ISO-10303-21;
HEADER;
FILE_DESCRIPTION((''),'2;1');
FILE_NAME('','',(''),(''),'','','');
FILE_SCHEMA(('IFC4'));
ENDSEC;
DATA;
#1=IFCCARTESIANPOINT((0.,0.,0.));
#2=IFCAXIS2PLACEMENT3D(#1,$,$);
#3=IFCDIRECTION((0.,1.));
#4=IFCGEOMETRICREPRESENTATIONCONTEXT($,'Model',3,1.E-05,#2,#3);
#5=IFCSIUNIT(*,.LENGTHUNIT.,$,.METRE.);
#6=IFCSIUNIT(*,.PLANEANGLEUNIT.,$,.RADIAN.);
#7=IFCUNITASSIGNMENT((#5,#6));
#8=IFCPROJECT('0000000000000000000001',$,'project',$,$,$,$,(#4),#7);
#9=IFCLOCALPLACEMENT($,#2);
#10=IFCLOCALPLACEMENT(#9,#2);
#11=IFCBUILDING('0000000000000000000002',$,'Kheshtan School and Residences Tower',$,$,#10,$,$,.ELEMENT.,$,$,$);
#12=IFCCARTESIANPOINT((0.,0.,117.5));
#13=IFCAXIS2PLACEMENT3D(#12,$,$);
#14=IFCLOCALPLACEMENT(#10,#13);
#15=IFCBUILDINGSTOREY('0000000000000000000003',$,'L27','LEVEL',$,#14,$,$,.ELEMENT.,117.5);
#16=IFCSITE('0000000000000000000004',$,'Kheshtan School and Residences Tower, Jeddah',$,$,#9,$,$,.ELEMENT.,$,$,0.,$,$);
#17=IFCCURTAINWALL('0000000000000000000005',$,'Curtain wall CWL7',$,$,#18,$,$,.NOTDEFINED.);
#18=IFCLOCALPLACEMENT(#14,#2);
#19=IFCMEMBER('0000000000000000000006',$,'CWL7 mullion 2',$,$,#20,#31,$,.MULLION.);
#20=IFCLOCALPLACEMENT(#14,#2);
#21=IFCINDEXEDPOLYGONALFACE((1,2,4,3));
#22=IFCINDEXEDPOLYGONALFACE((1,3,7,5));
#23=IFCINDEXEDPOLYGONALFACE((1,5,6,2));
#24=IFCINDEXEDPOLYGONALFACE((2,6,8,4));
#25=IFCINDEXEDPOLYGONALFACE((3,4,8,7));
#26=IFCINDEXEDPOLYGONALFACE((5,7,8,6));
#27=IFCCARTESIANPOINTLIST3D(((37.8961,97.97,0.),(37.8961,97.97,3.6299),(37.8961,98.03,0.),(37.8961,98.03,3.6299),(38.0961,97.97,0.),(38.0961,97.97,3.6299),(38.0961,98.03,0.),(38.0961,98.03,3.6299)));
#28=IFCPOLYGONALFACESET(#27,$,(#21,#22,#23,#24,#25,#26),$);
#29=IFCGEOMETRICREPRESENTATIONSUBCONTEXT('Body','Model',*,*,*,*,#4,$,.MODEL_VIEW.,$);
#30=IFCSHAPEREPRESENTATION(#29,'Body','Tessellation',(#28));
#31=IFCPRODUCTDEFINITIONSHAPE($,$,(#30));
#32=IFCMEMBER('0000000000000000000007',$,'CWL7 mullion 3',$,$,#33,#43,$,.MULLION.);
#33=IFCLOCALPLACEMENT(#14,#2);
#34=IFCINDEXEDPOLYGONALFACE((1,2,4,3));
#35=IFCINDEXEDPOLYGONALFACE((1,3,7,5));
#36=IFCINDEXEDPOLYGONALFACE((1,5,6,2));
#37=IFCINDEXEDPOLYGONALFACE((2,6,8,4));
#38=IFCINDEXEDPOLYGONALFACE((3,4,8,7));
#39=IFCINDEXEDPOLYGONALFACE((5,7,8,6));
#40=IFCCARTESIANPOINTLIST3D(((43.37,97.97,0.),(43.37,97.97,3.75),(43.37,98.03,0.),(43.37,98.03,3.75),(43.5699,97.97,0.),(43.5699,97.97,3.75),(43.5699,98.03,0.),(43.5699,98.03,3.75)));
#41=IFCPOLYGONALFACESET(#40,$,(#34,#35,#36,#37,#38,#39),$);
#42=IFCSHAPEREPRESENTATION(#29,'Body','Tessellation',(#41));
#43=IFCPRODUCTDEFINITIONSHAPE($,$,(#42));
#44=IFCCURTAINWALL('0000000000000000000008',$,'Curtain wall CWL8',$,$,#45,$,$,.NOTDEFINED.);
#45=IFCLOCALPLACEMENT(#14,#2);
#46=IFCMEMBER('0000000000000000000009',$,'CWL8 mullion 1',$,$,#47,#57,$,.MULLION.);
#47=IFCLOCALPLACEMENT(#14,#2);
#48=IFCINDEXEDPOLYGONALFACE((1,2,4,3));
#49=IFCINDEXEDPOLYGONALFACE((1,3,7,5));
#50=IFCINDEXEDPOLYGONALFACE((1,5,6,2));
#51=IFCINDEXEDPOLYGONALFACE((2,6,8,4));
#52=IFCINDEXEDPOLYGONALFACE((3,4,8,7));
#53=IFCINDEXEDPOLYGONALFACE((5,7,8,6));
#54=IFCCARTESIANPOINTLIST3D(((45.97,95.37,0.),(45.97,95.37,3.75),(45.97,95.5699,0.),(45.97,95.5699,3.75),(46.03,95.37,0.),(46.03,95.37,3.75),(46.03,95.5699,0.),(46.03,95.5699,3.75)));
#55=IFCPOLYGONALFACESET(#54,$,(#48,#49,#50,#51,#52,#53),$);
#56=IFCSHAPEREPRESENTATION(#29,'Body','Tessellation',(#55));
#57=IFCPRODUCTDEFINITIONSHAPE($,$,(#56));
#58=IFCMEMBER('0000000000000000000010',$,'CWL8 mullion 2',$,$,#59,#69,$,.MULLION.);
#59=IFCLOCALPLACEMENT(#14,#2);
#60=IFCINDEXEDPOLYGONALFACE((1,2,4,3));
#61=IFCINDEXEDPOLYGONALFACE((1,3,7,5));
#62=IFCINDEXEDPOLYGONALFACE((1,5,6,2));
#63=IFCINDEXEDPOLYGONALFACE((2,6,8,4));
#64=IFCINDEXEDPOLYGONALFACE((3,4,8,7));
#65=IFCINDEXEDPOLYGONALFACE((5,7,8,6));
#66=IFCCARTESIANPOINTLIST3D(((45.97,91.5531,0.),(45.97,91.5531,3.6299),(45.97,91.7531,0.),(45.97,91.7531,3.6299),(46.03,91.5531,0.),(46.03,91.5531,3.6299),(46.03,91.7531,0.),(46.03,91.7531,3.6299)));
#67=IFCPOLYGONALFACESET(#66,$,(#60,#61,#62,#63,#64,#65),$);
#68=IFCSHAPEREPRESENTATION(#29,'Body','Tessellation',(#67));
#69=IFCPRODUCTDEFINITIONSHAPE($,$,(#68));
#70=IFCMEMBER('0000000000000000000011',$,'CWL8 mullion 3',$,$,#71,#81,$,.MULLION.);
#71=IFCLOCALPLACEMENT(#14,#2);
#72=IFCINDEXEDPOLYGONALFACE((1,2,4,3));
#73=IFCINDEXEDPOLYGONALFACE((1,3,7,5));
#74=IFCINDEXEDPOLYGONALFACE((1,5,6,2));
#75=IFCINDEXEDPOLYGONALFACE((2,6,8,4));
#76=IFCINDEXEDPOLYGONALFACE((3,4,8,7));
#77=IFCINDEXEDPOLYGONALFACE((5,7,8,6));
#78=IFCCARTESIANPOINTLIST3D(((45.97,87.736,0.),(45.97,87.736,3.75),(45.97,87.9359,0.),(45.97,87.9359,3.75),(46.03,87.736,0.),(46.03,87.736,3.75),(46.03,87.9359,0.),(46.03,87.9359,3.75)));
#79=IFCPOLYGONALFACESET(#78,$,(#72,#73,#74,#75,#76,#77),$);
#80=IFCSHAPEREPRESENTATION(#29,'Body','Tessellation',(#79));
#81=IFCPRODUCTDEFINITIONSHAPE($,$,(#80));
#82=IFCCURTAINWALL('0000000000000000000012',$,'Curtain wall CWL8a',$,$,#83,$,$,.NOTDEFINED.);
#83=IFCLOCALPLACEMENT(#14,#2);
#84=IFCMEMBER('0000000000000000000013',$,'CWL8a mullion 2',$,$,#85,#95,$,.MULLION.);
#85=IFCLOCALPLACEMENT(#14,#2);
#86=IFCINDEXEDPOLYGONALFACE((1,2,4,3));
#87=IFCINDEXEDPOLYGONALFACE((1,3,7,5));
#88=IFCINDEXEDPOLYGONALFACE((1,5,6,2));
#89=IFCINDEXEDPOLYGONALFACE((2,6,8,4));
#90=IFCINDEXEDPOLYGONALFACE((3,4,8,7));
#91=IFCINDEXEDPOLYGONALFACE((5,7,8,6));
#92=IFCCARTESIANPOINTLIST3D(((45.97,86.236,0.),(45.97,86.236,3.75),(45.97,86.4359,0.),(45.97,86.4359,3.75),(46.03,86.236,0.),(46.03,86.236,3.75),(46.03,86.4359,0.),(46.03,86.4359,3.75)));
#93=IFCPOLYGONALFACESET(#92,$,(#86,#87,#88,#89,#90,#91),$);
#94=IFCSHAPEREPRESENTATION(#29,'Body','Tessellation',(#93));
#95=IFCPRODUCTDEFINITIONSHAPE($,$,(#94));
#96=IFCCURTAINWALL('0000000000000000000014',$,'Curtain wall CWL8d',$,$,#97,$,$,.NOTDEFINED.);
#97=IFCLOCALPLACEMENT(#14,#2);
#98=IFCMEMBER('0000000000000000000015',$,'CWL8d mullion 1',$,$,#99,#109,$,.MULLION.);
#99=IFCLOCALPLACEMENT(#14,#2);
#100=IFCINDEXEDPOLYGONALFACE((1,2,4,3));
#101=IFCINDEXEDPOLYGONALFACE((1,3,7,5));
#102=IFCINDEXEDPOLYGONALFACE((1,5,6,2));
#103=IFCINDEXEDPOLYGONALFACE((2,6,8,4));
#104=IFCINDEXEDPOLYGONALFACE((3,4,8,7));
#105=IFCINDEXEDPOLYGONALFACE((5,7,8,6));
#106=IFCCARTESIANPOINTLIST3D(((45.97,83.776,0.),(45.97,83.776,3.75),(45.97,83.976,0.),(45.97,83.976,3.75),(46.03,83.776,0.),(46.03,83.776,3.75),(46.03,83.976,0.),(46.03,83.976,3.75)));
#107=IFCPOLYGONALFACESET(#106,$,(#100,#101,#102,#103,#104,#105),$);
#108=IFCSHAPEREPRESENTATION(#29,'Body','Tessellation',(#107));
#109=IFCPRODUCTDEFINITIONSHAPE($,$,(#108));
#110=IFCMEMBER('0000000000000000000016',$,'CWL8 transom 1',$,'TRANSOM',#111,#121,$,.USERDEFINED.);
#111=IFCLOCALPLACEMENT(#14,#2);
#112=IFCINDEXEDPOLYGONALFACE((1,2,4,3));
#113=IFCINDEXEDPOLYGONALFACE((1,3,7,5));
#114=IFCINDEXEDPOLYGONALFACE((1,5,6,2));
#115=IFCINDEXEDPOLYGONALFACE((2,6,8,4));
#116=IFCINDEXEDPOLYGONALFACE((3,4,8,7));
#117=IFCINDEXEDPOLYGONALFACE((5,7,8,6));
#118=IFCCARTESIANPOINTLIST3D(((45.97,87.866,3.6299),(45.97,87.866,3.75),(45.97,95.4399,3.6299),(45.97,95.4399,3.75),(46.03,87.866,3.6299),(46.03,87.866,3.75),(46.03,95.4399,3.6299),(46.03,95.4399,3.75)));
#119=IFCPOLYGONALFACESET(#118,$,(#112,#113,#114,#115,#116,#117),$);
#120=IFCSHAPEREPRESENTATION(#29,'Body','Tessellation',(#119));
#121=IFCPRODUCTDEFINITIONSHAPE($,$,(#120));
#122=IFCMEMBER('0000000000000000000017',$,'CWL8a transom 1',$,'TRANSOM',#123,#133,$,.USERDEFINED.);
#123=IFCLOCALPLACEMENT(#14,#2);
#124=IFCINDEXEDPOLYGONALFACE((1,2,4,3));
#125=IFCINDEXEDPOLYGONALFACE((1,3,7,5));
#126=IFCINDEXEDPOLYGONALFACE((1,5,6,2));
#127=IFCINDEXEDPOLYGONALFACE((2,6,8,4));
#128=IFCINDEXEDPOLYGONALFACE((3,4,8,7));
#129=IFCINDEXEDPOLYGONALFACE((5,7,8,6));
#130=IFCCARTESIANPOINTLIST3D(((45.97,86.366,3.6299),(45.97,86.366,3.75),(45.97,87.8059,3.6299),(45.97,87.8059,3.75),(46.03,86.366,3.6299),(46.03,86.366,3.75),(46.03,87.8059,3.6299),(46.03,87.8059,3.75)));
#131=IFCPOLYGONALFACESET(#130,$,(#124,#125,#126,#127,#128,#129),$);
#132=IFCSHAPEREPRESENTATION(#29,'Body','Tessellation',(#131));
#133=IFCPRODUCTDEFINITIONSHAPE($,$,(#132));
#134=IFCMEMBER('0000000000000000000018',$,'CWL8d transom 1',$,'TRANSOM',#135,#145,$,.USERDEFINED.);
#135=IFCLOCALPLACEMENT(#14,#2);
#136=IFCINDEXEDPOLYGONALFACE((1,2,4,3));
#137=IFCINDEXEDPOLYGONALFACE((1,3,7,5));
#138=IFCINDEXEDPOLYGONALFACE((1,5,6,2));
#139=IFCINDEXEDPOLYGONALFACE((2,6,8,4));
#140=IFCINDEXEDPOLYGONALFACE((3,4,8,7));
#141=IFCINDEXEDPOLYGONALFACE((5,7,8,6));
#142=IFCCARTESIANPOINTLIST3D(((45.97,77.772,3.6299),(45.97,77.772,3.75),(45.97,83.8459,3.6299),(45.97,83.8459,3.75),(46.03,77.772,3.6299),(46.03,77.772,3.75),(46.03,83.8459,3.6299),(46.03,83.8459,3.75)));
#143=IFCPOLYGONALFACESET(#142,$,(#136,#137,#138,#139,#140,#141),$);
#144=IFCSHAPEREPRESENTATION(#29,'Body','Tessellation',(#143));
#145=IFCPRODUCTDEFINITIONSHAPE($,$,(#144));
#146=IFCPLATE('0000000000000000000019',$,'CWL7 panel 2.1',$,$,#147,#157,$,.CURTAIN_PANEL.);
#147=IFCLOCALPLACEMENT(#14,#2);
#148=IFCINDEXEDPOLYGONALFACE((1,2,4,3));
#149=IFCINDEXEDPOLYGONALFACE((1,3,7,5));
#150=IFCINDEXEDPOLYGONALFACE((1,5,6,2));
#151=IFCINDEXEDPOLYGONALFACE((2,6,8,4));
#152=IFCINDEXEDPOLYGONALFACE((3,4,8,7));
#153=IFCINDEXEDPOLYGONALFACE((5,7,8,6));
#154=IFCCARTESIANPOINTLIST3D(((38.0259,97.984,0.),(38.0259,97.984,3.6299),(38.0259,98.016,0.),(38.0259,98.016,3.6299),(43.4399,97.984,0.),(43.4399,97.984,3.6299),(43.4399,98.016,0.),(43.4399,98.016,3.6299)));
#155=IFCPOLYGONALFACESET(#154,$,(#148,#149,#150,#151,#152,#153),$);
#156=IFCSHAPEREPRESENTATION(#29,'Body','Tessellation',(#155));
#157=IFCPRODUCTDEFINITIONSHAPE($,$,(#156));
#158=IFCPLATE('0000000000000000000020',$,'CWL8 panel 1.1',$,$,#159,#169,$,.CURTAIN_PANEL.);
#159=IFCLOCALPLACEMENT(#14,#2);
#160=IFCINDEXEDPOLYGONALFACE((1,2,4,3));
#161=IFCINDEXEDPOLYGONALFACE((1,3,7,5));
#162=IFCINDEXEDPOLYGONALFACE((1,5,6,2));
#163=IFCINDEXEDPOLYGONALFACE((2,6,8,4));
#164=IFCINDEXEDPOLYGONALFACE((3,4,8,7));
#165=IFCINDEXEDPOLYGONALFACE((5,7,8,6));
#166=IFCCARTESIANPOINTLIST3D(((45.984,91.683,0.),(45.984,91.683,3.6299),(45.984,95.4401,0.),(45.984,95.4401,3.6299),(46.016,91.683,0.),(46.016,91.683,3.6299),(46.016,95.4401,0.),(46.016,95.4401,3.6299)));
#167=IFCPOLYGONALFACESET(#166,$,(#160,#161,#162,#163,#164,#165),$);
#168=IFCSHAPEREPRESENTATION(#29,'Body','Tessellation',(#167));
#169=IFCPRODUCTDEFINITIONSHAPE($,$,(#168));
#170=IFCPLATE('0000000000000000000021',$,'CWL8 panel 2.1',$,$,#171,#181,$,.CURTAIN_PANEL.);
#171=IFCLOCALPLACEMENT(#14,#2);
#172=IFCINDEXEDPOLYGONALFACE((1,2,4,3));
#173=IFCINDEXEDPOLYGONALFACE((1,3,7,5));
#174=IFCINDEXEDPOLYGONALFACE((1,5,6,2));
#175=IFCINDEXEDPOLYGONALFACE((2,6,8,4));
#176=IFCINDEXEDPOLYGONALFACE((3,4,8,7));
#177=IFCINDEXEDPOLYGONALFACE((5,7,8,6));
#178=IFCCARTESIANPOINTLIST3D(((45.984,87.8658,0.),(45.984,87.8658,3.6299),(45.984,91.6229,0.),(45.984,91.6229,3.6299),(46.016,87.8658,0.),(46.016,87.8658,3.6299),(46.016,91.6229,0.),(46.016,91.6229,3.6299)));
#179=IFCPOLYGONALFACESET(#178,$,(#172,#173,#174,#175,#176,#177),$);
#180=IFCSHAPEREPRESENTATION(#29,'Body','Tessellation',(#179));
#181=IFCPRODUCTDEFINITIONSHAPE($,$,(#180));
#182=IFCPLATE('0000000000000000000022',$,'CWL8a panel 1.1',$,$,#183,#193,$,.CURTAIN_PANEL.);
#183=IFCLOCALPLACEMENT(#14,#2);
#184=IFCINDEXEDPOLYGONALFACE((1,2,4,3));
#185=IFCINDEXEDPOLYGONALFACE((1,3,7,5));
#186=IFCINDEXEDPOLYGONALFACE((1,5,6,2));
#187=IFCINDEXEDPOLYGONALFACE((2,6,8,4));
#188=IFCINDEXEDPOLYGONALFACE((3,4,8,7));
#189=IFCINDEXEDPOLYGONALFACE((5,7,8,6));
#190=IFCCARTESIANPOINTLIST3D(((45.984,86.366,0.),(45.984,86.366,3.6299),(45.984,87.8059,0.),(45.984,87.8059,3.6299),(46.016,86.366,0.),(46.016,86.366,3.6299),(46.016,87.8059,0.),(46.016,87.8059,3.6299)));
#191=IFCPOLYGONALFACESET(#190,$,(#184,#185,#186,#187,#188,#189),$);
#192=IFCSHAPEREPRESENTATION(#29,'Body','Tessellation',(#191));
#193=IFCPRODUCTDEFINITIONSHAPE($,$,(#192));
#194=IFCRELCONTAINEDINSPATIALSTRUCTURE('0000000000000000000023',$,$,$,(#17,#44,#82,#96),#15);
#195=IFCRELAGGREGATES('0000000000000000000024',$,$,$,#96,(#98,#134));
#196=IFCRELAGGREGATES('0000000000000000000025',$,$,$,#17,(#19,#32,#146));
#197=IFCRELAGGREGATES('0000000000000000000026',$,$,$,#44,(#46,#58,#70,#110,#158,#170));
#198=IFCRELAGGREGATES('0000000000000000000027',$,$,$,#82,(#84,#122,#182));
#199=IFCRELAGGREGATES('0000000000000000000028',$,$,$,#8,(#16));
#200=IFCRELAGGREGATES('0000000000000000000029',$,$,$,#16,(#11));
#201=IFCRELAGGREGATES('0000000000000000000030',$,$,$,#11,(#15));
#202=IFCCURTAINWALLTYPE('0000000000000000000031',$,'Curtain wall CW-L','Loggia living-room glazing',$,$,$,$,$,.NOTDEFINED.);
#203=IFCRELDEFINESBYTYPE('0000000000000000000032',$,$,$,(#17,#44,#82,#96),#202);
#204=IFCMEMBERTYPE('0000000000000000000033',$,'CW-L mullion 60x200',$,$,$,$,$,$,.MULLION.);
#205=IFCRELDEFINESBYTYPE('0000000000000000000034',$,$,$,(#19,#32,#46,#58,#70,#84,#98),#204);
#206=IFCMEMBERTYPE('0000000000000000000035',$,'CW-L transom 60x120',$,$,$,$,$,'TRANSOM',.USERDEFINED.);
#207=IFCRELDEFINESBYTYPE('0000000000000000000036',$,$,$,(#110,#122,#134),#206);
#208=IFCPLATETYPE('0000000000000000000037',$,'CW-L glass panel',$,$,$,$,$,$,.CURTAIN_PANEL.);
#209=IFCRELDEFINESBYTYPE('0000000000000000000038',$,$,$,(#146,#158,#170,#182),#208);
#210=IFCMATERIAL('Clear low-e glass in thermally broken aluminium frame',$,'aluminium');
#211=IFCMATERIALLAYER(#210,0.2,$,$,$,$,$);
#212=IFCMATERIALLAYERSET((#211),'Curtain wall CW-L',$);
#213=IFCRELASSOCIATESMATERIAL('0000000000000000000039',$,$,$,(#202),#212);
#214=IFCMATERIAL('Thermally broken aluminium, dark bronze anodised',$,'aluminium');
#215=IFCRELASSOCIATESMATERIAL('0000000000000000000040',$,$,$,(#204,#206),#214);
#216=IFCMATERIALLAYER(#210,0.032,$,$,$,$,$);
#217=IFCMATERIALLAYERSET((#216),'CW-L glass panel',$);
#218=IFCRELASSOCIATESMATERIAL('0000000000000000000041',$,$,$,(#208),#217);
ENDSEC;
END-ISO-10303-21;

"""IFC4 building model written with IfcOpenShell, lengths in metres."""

from ifc_helpers import new_model, si_unit, direction, frame, origin, origin_2d, place, context, subcontext, project, spatial, rectangle, extrude, material, layer, layer_set, material_profile, profile_set, type_object, element, aggregate, save


model = new_model("IFC4")

# Units and contexts
model_context = context("Model", 3, precision=1e-05, world=origin(), true_north=direction((0.0, 1.0)))
body_context = subcontext(model_context, "Body", "Model", "MODEL_VIEW")
ifc_project = project(units=[si_unit("LENGTHUNIT", "METRE"), si_unit("PLANEANGLEUNIT", "RADIAN")], contexts=[model_context])

# Site, building, storey
site_placement = place(None, origin())
site = spatial("IfcSite", under=ifc_project, at=site_placement, Name="Kheshtan School and Residences Tower, Jeddah", CompositionType="ELEMENT", RefElevation=0.0)
building_placement = place(site_placement, origin())
building = spatial("IfcBuilding", under=site, at=building_placement, Name="Kheshtan School and Residences Tower", CompositionType="ELEMENT")
storey_placement = place(building_placement, frame((0.0, 0.0, 117.5)))
storey = spatial("IfcBuildingStorey", under=building, at=storey_placement, Name="L27", Description="LEVEL", CompositionType="ELEMENT", Elevation=117.5)

# Curtain walls, members
ifc_material_1 = material(Name="Clear low-e glass in thermally broken aluminium frame", Category="aluminium")
ifc_layer_1 = layer(ifc_material_1, 0.2)
ifc_layer_set_1 = layer_set([ifc_layer_1], Name="Curtain wall CW-L")
curtain_wall_type = type_object("IfcCurtainWallType", Name="Curtain wall CW-L", Description="Loggia living-room glazing", PredefinedType="NOTDEFINED", material=ifc_layer_set_1)
curtain_wall_1_placement = place(storey_placement, origin())
curtain_wall_1 = element("IfcCurtainWall", 1, at=curtain_wall_1_placement, inside=storey, type_object=curtain_wall_type, Name="Curtain wall CWL7", PredefinedType="NOTDEFINED")
ifc_material_2 = material(Name="Thermally broken aluminium, dark bronze anodised", Category="aluminium")
ifc_material_profile_1 = material_profile(ifc_material_2, rectangle(XDim=0.0601, YDim=0.2, at=origin_2d()), Name="CW-L mullion 60x200")
ifc_profile_set_1 = profile_set([ifc_material_profile_1], Name="Thermally broken aluminium, dark bronze anodised")
member_type_1 = type_object("IfcMemberType", Name="CW-L mullion 60x200", PredefinedType="MULLION", material=ifc_profile_set_1)
member_1_placement = place(storey_placement, frame((37.9961, 98.0, 0.0), z_axis=(0.0, 0.0, 1.0), x_axis=(0.0, 1.0, 0.0)))
member_1 = element("IfcMember", 2, at=member_1_placement, type_object=member_type_1, Name="CWL7 mullion 2", PredefinedType="MULLION", context=body_context, shape_type="SweptSolid", body=[
    extrude(rectangle(XDim=0.0601, YDim=0.2, at=origin_2d()), origin(), (0.0, 0.0, 1.0), 3.6299),
])
member_2_placement = place(storey_placement, frame((43.47, 98.0, 0.0), z_axis=(0.0, 0.0, 1.0), x_axis=(0.0, 1.0, 0.0)))
member_2 = element("IfcMember", 3, at=member_2_placement, type_object=member_type_1, Name="CWL7 mullion 3", PredefinedType="MULLION", context=body_context, shape_type="SweptSolid", body=[
    extrude(rectangle(XDim=0.0601, YDim=0.2, at=origin_2d()), origin(), (0.0, 0.0, 1.0), 3.75),
])
curtain_wall_2_placement = place(storey_placement, origin())
curtain_wall_2 = element("IfcCurtainWall", 4, at=curtain_wall_2_placement, inside=storey, type_object=curtain_wall_type, Name="Curtain wall CWL8", PredefinedType="NOTDEFINED")
member_3_placement = place(storey_placement, frame((46.0, 95.47, 0.0), z_axis=(0.0, 0.0, 1.0), x_axis=(1.0, 0.0, 0.0)))
member_3 = element("IfcMember", 5, at=member_3_placement, type_object=member_type_1, Name="CWL8 mullion 1", PredefinedType="MULLION", context=body_context, shape_type="SweptSolid", body=[
    extrude(rectangle(XDim=0.0601, YDim=0.2, at=origin_2d()), origin(), (0.0, 0.0, 1.0), 3.75),
])
member_4_placement = place(storey_placement, frame((46.0, 91.6531, 0.0), z_axis=(0.0, 0.0, 1.0), x_axis=(1.0, 0.0, 0.0)))
member_4 = element("IfcMember", 6, at=member_4_placement, type_object=member_type_1, Name="CWL8 mullion 2", PredefinedType="MULLION", context=body_context, shape_type="SweptSolid", body=[
    extrude(rectangle(XDim=0.0601, YDim=0.2, at=origin_2d()), origin(), (0.0, 0.0, 1.0), 3.6299),
])
member_5_placement = place(storey_placement, frame((46.0, 87.8359, 0.0), z_axis=(0.0, 0.0, 1.0), x_axis=(1.0, 0.0, 0.0)))
member_5 = element("IfcMember", 7, at=member_5_placement, type_object=member_type_1, Name="CWL8 mullion 3", PredefinedType="MULLION", context=body_context, shape_type="SweptSolid", body=[
    extrude(rectangle(XDim=0.0601, YDim=0.2, at=origin_2d()), origin(), (0.0, 0.0, 1.0), 3.75),
])

# Curtain walls, members
curtain_wall_3_placement = place(storey_placement, origin())
curtain_wall_3 = element("IfcCurtainWall", 8, at=curtain_wall_3_placement, inside=storey, type_object=curtain_wall_type, Name="Curtain wall CWL8a", PredefinedType="NOTDEFINED")
member_6_placement = place(storey_placement, frame((46.0, 86.3359, 0.0), z_axis=(0.0, 0.0, 1.0), x_axis=(1.0, 0.0, 0.0)))
member_6 = element("IfcMember", 9, at=member_6_placement, type_object=member_type_1, Name="CWL8a mullion 2", PredefinedType="MULLION", context=body_context, shape_type="SweptSolid", body=[
    extrude(rectangle(XDim=0.0601, YDim=0.2, at=origin_2d()), origin(), (0.0, 0.0, 1.0), 3.75),
])
curtain_wall_4_placement = place(storey_placement, origin())
curtain_wall_4 = element("IfcCurtainWall", 10, at=curtain_wall_4_placement, inside=storey, type_object=curtain_wall_type, Name="Curtain wall CWL8d", PredefinedType="NOTDEFINED")
member_7_placement = place(storey_placement, frame((46.0, 83.876, 0.0), z_axis=(0.0, 0.0, 1.0), x_axis=(1.0, 0.0, 0.0)))
member_7 = element("IfcMember", 11, at=member_7_placement, type_object=member_type_1, Name="CWL8d mullion 1", PredefinedType="MULLION", context=body_context, shape_type="SweptSolid", body=[
    extrude(rectangle(XDim=0.0601, YDim=0.2, at=origin_2d()), origin(), (0.0, 0.0, 1.0), 3.75),
])

# Members
ifc_material_profile_2 = material_profile(ifc_material_2, rectangle(XDim=0.0601, YDim=0.1201, at=origin_2d()), Name="CW-L transom 60x120")
ifc_profile_set_2 = profile_set([ifc_material_profile_2], Name="Thermally broken aluminium, dark bronze anodised")
member_type_2 = type_object("IfcMemberType", Name="CW-L transom 60x120", ElementType="TRANSOM", PredefinedType="USERDEFINED", material=ifc_profile_set_2)
member_8_placement = place(storey_placement, frame((46.0, 95.4399, 3.6899), z_axis=(0.0, -1.0, 0.0), x_axis=(1.0, 0.0, 0.0)))
member_8 = element("IfcMember", 12, at=member_8_placement, type_object=member_type_2, Name="CWL8 transom 1", ObjectType="TRANSOM", PredefinedType="USERDEFINED", context=body_context, shape_type="SweptSolid", body=[
    extrude(rectangle(XDim=0.0601, YDim=0.1201, at=origin_2d()), origin(), (0.0, 0.0, 1.0), 7.574),
])
member_9_placement = place(storey_placement, frame((46.0, 87.8059, 3.6899), z_axis=(0.0, -1.0, 0.0), x_axis=(1.0, 0.0, 0.0)))
member_9 = element("IfcMember", 13, at=member_9_placement, type_object=member_type_2, Name="CWL8a transom 1", ObjectType="TRANSOM", PredefinedType="USERDEFINED", context=body_context, shape_type="SweptSolid", body=[
    extrude(rectangle(XDim=0.0601, YDim=0.1201, at=origin_2d()), origin(), (0.0, 0.0, 1.0), 1.4399),
])
member_10_placement = place(storey_placement, frame((46.0, 83.8459, 3.6899), z_axis=(0.0, -1.0, 0.0), x_axis=(1.0, 0.0, 0.0)))
member_10 = element("IfcMember", 14, at=member_10_placement, type_object=member_type_2, Name="CWL8d transom 1", ObjectType="TRANSOM", PredefinedType="USERDEFINED", context=body_context, shape_type="SweptSolid", body=[
    extrude(rectangle(XDim=0.0601, YDim=0.1201, at=origin_2d()), origin(), (0.0, 0.0, 1.0), 6.074),
])
aggregate(curtain_wall_4, [member_7, member_10])

# Plates
ifc_layer_2 = layer(ifc_material_1, 0.032)
ifc_layer_set_2 = layer_set([ifc_layer_2], Name="CW-L glass panel")
plate_type = type_object("IfcPlateType", Name="CW-L glass panel", PredefinedType="CURTAIN_PANEL", material=ifc_layer_set_2)
plate_1_placement = place(storey_placement, frame((40.7329, 98.0, 0.0), z_axis=(0.0, 0.0, 1.0), x_axis=(1.0, 0.0, 0.0)))
plate_1 = element("IfcPlate", 15, at=plate_1_placement, type_object=plate_type, Name="CWL7 panel 2.1", PredefinedType="CURTAIN_PANEL", context=body_context, shape_type="SweptSolid", body=[
    extrude(rectangle(XDim=5.4141, YDim=0.032, at=origin_2d()), origin(), (0.0, 0.0, 1.0), 3.6299),
])
aggregate(curtain_wall_1, [member_1, member_2, plate_1])
plate_2_placement = place(storey_placement, frame((46.0, 93.5615, 0.0), z_axis=(0.0, 0.0, 1.0), x_axis=(0.0, -1.0, 0.0)))
plate_2 = element("IfcPlate", 16, at=plate_2_placement, type_object=plate_type, Name="CWL8 panel 1.1", PredefinedType="CURTAIN_PANEL", context=body_context, shape_type="SweptSolid", body=[
    extrude(rectangle(XDim=3.7571, YDim=0.032, at=origin_2d()), origin(), (0.0, 0.0, 1.0), 3.6299),
])
plate_3_placement = place(storey_placement, frame((46.0, 89.7444, 0.0), z_axis=(0.0, 0.0, 1.0), x_axis=(0.0, -1.0, 0.0)))
plate_3 = element("IfcPlate", 17, at=plate_3_placement, type_object=plate_type, Name="CWL8 panel 2.1", PredefinedType="CURTAIN_PANEL", context=body_context, shape_type="SweptSolid", body=[
    extrude(rectangle(XDim=3.7571, YDim=0.032, at=origin_2d()), origin(), (0.0, 0.0, 1.0), 3.6299),
])
aggregate(curtain_wall_2, [member_3, member_4, member_5, member_8, plate_2, plate_3])
plate_4_placement = place(storey_placement, frame((46.0, 87.0859, 0.0), z_axis=(0.0, 0.0, 1.0), x_axis=(0.0, -1.0, 0.0)))
plate_4 = element("IfcPlate", 18, at=plate_4_placement, type_object=plate_type, Name="CWL8a panel 1.1", PredefinedType="CURTAIN_PANEL", context=body_context, shape_type="SweptSolid", body=[
    extrude(rectangle(XDim=1.4399, YDim=0.032, at=origin_2d()), origin(), (0.0, 0.0, 1.0), 3.6299),
])
aggregate(curtain_wall_3, [member_6, member_9, plate_4])

save(model, "model.ifc")
